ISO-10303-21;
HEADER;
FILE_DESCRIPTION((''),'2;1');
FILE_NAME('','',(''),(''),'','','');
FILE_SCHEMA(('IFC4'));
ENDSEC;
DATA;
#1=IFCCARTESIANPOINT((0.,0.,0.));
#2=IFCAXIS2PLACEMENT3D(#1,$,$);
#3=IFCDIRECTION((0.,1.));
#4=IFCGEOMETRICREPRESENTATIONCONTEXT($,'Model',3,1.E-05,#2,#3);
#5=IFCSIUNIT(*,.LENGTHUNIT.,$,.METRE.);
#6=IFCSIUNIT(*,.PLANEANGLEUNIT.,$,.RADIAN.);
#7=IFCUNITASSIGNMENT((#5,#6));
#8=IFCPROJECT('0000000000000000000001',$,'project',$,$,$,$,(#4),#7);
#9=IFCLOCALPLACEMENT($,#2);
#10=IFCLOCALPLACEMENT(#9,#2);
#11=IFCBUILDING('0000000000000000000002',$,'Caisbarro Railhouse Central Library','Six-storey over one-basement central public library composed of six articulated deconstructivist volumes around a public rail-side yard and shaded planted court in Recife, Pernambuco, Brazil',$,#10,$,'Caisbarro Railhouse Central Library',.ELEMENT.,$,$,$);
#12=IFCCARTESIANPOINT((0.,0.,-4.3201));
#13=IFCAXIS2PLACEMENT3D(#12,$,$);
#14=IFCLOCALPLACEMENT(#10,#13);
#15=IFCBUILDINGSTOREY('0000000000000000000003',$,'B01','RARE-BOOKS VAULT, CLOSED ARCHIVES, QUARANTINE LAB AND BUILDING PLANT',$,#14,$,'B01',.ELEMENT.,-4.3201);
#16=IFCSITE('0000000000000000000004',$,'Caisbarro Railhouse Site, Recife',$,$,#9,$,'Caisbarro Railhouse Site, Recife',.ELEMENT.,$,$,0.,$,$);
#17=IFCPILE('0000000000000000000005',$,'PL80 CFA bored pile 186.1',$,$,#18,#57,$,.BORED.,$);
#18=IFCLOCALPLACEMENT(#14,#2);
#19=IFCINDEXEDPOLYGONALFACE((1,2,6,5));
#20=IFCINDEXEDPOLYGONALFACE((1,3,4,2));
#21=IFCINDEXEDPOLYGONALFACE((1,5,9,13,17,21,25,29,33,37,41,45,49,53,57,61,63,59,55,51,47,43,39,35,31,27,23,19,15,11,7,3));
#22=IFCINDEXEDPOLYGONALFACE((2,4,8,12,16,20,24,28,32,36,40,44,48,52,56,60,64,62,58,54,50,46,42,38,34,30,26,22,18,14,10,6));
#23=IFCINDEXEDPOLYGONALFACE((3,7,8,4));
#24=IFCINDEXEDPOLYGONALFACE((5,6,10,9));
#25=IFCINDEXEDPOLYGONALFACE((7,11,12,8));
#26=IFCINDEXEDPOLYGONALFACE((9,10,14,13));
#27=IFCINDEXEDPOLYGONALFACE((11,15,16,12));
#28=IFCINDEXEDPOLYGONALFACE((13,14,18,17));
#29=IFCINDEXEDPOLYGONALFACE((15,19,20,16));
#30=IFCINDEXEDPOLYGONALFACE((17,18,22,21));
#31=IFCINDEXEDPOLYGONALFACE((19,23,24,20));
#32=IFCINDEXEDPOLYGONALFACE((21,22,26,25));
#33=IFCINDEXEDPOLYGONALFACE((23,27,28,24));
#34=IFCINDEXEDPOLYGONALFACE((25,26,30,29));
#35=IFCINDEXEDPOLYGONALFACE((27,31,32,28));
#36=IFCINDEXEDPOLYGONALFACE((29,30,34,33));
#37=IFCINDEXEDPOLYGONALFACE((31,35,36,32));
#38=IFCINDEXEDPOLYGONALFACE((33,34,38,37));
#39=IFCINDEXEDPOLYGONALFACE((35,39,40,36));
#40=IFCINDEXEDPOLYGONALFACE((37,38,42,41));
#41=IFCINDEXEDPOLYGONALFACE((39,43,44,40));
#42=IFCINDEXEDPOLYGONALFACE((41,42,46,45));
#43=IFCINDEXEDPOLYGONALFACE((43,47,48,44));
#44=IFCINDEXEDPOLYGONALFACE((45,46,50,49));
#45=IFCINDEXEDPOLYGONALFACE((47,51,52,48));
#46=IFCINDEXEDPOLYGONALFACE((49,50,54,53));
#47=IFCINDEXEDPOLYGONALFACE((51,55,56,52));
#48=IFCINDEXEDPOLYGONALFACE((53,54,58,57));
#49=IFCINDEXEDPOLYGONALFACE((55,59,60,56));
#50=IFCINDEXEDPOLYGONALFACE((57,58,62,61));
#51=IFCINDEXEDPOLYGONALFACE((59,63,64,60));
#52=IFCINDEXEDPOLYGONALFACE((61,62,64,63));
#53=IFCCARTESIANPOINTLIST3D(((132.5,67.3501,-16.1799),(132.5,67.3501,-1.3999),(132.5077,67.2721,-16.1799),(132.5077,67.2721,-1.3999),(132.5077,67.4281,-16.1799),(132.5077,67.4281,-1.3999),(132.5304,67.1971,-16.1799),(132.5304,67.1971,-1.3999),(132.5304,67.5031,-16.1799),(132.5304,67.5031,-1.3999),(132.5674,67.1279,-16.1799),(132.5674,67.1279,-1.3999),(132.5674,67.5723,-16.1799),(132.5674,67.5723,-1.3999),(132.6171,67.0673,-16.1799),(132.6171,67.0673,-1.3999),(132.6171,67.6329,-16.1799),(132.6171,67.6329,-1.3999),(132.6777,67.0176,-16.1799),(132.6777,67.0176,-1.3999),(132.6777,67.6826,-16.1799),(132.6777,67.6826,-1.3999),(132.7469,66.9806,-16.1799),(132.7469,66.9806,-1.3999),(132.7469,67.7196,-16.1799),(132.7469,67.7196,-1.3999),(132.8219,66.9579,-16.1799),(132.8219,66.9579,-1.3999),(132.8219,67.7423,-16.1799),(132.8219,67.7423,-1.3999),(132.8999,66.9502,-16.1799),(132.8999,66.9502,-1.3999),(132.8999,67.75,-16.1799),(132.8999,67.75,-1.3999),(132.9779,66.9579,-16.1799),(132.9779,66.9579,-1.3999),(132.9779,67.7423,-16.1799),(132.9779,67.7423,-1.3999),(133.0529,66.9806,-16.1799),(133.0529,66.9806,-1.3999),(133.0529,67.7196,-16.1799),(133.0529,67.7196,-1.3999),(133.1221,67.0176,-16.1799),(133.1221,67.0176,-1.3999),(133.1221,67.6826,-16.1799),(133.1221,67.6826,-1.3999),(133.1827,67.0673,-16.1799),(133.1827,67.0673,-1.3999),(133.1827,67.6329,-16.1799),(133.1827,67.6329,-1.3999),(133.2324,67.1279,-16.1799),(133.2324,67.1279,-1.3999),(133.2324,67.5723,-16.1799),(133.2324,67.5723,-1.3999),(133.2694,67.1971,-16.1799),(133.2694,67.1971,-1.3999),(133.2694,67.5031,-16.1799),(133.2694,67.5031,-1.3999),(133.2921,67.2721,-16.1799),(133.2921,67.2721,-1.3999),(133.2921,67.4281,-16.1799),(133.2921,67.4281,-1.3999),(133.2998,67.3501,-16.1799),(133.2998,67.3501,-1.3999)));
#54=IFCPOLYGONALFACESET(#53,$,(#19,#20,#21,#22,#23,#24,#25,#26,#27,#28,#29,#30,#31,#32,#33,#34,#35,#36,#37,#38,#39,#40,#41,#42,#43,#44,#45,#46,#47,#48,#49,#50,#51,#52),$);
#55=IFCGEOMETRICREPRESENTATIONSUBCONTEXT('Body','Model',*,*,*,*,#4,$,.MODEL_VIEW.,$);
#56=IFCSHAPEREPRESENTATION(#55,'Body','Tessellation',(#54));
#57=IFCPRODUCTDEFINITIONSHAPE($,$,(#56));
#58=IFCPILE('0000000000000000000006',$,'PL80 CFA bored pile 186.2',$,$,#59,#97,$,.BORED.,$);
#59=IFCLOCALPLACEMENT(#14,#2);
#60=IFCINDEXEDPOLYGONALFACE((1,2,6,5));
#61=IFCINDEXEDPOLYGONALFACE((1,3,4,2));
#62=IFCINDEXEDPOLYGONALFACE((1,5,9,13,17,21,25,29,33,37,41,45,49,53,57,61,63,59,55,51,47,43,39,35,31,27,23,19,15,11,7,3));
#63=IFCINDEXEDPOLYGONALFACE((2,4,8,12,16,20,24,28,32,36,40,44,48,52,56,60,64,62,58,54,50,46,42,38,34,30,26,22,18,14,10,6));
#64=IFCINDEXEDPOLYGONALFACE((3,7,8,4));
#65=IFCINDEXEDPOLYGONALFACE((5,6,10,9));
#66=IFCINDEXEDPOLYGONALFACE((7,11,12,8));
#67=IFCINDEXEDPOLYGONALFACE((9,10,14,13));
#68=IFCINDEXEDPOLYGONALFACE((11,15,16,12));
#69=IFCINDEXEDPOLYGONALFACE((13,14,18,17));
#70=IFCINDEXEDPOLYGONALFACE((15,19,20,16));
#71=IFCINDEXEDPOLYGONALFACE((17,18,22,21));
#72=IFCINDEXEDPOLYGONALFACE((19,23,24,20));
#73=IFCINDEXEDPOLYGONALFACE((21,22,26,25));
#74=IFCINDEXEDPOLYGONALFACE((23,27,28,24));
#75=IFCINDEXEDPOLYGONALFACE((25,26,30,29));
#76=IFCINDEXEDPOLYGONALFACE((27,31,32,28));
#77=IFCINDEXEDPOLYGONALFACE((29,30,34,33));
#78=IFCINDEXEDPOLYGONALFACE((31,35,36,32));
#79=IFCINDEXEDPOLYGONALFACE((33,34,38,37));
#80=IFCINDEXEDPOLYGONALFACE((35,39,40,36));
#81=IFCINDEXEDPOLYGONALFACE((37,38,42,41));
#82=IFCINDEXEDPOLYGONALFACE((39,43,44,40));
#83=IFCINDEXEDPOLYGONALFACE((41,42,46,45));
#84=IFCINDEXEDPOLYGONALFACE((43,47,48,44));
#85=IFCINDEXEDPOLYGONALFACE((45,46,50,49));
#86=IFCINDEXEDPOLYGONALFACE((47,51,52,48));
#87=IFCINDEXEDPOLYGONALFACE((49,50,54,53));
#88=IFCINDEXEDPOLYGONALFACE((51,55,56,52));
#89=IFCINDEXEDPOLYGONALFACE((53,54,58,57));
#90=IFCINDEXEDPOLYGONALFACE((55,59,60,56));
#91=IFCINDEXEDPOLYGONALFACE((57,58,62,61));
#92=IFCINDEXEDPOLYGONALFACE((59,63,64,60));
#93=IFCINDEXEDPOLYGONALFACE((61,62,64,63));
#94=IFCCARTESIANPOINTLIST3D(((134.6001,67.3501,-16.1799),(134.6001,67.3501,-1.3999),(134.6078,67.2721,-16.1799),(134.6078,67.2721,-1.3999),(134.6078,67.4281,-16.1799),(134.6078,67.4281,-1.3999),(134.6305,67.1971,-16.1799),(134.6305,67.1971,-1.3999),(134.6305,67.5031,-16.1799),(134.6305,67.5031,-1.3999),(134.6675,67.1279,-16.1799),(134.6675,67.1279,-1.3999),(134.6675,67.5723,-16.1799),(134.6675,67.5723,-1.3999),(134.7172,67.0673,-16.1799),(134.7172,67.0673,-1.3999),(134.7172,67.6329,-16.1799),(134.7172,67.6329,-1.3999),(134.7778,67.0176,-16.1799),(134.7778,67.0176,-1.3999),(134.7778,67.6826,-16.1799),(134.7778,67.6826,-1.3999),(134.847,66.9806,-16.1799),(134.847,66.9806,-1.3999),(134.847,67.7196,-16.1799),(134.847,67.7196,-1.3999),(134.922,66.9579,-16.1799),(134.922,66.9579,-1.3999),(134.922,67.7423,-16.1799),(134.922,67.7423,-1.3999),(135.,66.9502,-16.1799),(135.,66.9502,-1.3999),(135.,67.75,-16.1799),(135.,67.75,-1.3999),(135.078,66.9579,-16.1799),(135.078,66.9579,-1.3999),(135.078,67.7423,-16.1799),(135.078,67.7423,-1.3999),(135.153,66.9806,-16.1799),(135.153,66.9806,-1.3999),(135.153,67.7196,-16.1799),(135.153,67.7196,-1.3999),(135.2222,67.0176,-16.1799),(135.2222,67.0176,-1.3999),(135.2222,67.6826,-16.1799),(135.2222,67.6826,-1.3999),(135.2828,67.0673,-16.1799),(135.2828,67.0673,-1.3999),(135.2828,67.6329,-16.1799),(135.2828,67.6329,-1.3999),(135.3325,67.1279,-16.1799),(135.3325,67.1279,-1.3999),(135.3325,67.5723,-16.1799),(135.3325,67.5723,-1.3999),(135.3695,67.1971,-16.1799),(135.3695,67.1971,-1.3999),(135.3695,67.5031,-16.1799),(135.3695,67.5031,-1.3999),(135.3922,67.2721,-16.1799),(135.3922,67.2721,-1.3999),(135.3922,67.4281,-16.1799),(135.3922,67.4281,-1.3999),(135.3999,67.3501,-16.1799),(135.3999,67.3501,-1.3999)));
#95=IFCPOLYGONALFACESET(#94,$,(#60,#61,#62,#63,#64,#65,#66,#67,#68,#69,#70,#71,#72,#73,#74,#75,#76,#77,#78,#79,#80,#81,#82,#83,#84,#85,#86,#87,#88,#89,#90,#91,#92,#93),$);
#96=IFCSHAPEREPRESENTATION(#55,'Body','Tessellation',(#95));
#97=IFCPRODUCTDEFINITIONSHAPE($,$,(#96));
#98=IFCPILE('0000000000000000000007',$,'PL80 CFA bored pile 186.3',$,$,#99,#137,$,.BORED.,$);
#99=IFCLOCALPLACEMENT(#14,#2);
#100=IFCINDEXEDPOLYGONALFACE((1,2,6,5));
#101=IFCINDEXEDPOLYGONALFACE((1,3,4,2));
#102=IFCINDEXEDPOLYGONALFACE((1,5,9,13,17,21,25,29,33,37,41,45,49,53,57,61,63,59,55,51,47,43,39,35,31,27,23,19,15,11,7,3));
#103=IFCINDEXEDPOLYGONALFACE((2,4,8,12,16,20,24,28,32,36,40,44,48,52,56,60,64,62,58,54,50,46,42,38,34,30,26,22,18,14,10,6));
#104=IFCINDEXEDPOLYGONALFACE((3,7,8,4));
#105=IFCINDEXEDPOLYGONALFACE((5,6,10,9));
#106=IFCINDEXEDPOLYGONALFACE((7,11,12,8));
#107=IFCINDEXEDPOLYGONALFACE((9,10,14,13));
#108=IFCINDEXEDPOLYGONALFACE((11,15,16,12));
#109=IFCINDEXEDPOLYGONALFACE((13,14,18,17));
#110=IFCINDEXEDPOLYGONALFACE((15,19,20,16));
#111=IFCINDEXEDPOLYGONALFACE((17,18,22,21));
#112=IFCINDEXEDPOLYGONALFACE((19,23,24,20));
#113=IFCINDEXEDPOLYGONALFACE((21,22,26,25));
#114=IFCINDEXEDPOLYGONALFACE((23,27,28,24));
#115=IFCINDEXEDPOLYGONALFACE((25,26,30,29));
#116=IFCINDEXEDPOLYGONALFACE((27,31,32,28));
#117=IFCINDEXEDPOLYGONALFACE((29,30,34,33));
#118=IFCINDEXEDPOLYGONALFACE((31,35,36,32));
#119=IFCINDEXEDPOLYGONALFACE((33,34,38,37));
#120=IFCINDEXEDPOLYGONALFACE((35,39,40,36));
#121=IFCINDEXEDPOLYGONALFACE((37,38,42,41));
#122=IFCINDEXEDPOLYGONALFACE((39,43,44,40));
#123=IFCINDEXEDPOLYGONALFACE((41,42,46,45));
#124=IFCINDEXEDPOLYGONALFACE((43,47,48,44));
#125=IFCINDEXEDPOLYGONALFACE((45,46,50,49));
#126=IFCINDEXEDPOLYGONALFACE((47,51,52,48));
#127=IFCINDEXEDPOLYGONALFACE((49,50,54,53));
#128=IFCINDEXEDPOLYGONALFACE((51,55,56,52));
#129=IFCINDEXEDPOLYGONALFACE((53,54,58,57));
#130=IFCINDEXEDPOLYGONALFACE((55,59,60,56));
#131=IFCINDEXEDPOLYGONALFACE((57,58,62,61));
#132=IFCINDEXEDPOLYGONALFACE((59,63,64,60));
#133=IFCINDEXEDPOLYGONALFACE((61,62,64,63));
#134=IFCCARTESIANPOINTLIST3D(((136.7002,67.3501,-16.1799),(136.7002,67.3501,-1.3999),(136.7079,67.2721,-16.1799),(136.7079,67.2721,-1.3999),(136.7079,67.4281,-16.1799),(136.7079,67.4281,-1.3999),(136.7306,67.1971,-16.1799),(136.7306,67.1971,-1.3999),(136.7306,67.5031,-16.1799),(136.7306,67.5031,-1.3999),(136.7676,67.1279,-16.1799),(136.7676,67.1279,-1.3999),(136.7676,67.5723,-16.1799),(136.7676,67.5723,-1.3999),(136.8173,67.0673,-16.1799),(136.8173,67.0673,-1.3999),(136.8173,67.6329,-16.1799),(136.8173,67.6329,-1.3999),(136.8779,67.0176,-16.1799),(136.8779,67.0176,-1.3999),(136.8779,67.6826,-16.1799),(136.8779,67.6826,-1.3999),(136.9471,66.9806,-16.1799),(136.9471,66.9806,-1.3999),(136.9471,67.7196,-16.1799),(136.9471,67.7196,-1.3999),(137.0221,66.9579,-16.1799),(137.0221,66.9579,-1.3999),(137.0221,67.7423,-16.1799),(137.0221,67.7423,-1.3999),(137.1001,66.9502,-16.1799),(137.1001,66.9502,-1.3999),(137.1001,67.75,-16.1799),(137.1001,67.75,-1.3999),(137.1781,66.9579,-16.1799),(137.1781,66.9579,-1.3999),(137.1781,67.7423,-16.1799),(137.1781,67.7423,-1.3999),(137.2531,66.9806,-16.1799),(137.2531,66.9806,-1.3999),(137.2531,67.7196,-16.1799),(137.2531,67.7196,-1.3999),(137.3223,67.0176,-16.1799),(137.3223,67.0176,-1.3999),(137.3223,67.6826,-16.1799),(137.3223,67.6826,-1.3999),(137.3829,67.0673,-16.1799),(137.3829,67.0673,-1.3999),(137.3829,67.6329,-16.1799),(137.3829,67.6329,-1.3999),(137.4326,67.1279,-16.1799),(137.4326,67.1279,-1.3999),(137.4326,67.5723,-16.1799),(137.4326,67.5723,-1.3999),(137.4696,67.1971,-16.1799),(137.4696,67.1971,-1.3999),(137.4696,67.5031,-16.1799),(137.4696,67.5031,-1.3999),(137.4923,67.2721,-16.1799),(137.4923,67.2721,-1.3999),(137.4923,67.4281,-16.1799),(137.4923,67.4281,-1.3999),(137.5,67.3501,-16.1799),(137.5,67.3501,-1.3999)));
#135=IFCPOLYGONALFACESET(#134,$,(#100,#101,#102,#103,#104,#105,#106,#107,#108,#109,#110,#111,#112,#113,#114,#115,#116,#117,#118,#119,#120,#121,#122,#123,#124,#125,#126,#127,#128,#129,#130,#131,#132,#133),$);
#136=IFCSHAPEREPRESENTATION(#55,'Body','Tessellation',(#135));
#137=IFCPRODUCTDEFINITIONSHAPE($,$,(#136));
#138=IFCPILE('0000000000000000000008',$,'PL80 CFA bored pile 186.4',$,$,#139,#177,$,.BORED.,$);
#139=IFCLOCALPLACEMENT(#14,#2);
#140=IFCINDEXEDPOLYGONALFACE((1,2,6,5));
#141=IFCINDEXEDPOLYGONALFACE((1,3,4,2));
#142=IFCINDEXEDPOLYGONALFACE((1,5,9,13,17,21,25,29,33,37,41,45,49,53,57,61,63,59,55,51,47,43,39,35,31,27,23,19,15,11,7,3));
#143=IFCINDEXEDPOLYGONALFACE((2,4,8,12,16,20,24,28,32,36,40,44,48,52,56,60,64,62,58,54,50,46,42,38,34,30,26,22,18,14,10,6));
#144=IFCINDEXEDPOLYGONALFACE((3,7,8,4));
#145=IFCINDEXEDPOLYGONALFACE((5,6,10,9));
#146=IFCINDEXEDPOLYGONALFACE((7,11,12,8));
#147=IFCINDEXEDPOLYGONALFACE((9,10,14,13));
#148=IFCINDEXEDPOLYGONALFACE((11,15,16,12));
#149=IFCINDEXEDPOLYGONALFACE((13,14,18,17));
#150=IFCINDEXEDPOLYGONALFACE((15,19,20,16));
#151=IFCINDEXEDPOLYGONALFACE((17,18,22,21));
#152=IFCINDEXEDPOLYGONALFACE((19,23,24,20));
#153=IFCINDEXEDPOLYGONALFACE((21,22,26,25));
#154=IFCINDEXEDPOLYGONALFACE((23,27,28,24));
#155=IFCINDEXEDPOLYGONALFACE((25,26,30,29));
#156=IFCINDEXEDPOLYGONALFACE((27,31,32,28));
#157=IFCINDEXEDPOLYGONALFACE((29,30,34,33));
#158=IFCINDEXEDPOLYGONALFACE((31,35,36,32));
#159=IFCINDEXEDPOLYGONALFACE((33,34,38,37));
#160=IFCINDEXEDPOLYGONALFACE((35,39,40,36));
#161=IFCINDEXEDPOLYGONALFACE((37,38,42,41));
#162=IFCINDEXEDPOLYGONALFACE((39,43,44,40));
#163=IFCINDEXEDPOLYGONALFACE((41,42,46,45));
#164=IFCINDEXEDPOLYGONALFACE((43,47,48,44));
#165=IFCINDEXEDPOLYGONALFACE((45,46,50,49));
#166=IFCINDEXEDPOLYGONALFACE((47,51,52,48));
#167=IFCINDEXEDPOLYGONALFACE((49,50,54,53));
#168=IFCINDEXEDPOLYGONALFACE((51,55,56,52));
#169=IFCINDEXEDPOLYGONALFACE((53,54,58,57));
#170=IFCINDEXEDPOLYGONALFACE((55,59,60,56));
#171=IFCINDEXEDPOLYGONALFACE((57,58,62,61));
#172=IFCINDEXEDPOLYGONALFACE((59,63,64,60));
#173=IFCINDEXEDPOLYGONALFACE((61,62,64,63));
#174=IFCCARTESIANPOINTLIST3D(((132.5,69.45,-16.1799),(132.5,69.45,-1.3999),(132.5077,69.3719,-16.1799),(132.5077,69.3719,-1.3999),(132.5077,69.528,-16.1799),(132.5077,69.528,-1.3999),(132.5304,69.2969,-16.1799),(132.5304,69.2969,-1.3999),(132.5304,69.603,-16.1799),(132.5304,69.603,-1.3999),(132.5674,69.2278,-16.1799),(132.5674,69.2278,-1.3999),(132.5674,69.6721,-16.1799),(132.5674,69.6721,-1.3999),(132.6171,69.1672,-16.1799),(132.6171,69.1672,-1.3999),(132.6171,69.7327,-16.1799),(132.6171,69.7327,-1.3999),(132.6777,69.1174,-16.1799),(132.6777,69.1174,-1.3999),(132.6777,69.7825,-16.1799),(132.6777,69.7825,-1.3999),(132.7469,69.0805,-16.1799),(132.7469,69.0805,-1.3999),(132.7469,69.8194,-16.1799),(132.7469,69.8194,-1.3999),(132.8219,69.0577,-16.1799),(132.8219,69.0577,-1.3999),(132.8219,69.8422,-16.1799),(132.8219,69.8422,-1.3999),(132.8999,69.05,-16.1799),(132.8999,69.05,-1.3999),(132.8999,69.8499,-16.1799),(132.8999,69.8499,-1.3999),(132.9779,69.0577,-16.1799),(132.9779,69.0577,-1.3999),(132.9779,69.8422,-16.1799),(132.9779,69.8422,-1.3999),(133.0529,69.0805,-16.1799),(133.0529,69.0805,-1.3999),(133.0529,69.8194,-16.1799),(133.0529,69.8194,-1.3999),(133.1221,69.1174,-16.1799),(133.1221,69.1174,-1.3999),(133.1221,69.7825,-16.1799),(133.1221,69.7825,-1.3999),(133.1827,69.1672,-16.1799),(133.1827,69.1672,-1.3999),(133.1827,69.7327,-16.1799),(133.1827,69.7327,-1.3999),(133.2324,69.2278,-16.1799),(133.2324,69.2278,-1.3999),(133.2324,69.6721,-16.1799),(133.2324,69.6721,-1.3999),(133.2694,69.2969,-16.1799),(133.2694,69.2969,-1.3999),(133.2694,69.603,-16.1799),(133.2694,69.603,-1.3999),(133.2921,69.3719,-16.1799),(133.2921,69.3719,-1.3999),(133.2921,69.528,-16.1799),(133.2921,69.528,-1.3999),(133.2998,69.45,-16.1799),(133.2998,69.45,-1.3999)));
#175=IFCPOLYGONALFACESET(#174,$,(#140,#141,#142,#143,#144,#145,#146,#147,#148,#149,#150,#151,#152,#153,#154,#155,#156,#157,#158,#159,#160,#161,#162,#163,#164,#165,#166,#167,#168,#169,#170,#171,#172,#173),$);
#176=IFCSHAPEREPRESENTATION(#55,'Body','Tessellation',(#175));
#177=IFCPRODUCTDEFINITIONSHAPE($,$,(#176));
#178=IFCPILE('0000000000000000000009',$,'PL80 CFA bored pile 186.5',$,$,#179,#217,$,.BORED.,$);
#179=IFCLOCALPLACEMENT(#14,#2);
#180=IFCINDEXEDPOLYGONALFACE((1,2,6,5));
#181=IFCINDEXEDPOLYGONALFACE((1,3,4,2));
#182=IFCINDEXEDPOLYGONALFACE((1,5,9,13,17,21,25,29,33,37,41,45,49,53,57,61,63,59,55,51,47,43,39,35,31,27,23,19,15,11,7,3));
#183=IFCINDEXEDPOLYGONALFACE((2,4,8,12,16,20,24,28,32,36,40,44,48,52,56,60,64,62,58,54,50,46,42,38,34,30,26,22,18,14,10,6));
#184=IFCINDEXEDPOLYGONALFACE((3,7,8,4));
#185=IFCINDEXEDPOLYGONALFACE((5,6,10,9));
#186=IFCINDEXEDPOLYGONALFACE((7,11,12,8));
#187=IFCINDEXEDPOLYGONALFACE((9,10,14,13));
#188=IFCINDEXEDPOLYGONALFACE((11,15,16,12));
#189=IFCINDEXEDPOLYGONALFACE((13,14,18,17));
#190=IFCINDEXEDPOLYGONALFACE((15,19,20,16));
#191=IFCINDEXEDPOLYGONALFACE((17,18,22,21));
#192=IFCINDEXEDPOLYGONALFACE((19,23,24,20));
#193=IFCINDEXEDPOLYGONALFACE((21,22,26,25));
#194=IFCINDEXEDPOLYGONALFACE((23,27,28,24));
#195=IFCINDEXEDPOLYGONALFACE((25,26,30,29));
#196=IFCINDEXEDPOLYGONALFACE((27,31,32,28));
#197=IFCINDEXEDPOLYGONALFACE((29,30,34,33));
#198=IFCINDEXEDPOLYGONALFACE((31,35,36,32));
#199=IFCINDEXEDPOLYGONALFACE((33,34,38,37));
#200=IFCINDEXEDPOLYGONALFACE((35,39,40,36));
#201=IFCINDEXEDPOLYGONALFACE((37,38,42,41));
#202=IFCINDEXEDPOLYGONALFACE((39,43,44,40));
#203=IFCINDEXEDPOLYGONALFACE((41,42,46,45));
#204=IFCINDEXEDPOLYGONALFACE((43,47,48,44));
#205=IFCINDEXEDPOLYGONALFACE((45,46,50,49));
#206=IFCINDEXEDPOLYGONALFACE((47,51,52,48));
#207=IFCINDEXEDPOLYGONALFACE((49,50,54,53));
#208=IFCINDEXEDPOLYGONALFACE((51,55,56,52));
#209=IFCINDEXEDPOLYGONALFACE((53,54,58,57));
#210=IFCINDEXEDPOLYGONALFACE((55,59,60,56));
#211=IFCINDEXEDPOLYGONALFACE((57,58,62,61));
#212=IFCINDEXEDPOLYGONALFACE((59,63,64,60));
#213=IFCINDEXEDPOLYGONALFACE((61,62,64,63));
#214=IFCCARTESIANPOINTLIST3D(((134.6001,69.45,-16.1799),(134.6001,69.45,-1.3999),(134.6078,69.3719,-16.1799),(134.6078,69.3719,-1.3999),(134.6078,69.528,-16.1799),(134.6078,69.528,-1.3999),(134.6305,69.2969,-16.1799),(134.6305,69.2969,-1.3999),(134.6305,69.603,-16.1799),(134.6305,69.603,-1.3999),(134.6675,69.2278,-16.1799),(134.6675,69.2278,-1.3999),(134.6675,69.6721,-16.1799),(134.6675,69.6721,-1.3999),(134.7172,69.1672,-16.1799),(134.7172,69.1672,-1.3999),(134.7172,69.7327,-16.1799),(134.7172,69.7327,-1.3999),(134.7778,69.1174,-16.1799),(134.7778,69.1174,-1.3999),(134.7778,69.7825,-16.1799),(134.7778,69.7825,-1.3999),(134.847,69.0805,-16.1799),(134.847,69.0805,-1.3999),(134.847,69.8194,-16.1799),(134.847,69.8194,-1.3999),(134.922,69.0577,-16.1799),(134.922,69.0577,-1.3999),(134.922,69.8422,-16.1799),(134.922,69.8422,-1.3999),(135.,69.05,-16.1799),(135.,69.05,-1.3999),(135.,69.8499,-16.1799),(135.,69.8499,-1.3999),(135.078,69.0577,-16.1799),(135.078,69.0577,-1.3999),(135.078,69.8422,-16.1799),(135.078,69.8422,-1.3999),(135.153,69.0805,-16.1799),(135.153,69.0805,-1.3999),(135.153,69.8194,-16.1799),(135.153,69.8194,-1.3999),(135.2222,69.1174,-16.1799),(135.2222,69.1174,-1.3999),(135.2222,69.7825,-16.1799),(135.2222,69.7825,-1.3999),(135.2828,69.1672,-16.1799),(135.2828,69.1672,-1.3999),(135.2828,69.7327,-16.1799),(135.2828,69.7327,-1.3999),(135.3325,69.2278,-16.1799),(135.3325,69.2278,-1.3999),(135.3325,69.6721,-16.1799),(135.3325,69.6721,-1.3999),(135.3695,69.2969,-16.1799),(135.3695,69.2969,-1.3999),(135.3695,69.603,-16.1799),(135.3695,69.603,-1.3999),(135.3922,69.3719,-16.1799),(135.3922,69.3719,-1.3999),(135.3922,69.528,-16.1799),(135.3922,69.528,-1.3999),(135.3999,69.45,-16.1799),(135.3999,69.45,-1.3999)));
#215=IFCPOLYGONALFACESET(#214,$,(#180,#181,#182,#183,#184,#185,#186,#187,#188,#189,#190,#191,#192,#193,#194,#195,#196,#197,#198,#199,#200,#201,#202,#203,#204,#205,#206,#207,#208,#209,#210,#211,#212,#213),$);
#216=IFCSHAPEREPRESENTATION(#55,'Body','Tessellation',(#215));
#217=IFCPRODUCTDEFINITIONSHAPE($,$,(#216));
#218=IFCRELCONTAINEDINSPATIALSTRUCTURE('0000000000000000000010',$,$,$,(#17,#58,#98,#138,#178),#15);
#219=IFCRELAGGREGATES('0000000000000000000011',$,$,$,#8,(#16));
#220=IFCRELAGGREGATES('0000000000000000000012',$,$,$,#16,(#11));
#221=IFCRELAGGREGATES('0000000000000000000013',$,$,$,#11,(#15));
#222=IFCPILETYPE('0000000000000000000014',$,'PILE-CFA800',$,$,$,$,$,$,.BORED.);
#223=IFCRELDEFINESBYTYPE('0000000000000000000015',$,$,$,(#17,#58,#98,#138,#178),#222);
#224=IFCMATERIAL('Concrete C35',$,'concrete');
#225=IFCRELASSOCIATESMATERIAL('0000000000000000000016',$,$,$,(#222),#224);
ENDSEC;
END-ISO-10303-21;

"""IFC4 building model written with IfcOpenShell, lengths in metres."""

from ifc_helpers import new_model, si_unit, direction, frame, origin, origin_2d, place, context, subcontext, project, spatial, circle, extrude, material, material_profile, profile_set, type_object, element, save


model = new_model("IFC4")

# Units and contexts
model_context = context("Model", 3, precision=1e-05, world=origin(), true_north=direction((0.0, 1.0)))
body_context = subcontext(model_context, "Body", "Model", "MODEL_VIEW")
ifc_project = project(units=[si_unit("LENGTHUNIT", "METRE"), si_unit("PLANEANGLEUNIT", "RADIAN")], contexts=[model_context])

# Site, building, storey
site_placement = place(None, origin())
site = spatial("IfcSite", under=ifc_project, at=site_placement, Name="Caisbarro Railhouse Site, Recife", LongName="Caisbarro Railhouse Site, Recife", CompositionType="ELEMENT", RefElevation=0.0)
building_placement = place(site_placement, origin())
building = spatial("IfcBuilding", under=site, at=building_placement, Name="Caisbarro Railhouse Central Library", Description="Six-storey over one-basement central public library composed of six articulated deconstructivist volumes around a public rail-side yard and shaded planted court in Recife, Pernambuco, Brazil", LongName="Caisbarro Railhouse Central Library", CompositionType="ELEMENT")
storey_placement = place(building_placement, frame((0.0, 0.0, -4.3201)))
storey = spatial("IfcBuildingStorey", under=building, at=storey_placement, Name="B01", Description="RARE-BOOKS VAULT, CLOSED ARCHIVES, QUARANTINE LAB AND BUILDING PLANT", LongName="B01", CompositionType="ELEMENT", Elevation=-4.3201)

# Shared definitions
ifc_material_1 = material(Name="Concrete C35", Category="concrete")

# Piles
ifc_material_profile_1 = material_profile(ifc_material_1, circle(Radius=0.3999, at=origin_2d()), Name="PILE-CFA-800")
ifc_profile_set_1 = profile_set([ifc_material_profile_1], Name="Concrete C35")
pile_type_1 = type_object("IfcPileType", Name="PILE-CFA800", PredefinedType="BORED", material=ifc_profile_set_1)
for number, where, z_axis, x_axis, name in (
    (1, (132.8999, 67.3501, -1.3999), (0.0, 0.0, -1.0), (1.0, 0.0, 0.0), "PL80 CFA bored pile 186.1"),
    (2, (135.0, 67.3501, -1.3999), (0.0, 0.0, -1.0), (1.0, 0.0, 0.0), "PL80 CFA bored pile 186.2"),
    (3, (137.1001, 67.3501, -1.3999), (0.0, 0.0, -1.0), (1.0, 0.0, 0.0), "PL80 CFA bored pile 186.3"),
    (4, (132.8999, 69.45, -1.3999), (0.0, 0.0, -1.0), (1.0, 0.0, 0.0), "PL80 CFA bored pile 186.4"),
    (5, (135.0, 69.45, -1.3999), (0.0, 0.0, -1.0), (1.0, 0.0, 0.0), "PL80 CFA bored pile 186.5"),
):
    element("IfcPile", number, at=place(storey_placement, frame(where, z_axis=z_axis, x_axis=x_axis)), inside=storey, type_object=pile_type_1, Name=name, PredefinedType="BORED", context=body_context, shape_type="SweptSolid", body=[
        extrude(circle(Radius=0.3999, at=origin_2d()), origin(), (0.0, 0.0, 1.0), 14.78),
    ])

save(model, "model.ifc")
